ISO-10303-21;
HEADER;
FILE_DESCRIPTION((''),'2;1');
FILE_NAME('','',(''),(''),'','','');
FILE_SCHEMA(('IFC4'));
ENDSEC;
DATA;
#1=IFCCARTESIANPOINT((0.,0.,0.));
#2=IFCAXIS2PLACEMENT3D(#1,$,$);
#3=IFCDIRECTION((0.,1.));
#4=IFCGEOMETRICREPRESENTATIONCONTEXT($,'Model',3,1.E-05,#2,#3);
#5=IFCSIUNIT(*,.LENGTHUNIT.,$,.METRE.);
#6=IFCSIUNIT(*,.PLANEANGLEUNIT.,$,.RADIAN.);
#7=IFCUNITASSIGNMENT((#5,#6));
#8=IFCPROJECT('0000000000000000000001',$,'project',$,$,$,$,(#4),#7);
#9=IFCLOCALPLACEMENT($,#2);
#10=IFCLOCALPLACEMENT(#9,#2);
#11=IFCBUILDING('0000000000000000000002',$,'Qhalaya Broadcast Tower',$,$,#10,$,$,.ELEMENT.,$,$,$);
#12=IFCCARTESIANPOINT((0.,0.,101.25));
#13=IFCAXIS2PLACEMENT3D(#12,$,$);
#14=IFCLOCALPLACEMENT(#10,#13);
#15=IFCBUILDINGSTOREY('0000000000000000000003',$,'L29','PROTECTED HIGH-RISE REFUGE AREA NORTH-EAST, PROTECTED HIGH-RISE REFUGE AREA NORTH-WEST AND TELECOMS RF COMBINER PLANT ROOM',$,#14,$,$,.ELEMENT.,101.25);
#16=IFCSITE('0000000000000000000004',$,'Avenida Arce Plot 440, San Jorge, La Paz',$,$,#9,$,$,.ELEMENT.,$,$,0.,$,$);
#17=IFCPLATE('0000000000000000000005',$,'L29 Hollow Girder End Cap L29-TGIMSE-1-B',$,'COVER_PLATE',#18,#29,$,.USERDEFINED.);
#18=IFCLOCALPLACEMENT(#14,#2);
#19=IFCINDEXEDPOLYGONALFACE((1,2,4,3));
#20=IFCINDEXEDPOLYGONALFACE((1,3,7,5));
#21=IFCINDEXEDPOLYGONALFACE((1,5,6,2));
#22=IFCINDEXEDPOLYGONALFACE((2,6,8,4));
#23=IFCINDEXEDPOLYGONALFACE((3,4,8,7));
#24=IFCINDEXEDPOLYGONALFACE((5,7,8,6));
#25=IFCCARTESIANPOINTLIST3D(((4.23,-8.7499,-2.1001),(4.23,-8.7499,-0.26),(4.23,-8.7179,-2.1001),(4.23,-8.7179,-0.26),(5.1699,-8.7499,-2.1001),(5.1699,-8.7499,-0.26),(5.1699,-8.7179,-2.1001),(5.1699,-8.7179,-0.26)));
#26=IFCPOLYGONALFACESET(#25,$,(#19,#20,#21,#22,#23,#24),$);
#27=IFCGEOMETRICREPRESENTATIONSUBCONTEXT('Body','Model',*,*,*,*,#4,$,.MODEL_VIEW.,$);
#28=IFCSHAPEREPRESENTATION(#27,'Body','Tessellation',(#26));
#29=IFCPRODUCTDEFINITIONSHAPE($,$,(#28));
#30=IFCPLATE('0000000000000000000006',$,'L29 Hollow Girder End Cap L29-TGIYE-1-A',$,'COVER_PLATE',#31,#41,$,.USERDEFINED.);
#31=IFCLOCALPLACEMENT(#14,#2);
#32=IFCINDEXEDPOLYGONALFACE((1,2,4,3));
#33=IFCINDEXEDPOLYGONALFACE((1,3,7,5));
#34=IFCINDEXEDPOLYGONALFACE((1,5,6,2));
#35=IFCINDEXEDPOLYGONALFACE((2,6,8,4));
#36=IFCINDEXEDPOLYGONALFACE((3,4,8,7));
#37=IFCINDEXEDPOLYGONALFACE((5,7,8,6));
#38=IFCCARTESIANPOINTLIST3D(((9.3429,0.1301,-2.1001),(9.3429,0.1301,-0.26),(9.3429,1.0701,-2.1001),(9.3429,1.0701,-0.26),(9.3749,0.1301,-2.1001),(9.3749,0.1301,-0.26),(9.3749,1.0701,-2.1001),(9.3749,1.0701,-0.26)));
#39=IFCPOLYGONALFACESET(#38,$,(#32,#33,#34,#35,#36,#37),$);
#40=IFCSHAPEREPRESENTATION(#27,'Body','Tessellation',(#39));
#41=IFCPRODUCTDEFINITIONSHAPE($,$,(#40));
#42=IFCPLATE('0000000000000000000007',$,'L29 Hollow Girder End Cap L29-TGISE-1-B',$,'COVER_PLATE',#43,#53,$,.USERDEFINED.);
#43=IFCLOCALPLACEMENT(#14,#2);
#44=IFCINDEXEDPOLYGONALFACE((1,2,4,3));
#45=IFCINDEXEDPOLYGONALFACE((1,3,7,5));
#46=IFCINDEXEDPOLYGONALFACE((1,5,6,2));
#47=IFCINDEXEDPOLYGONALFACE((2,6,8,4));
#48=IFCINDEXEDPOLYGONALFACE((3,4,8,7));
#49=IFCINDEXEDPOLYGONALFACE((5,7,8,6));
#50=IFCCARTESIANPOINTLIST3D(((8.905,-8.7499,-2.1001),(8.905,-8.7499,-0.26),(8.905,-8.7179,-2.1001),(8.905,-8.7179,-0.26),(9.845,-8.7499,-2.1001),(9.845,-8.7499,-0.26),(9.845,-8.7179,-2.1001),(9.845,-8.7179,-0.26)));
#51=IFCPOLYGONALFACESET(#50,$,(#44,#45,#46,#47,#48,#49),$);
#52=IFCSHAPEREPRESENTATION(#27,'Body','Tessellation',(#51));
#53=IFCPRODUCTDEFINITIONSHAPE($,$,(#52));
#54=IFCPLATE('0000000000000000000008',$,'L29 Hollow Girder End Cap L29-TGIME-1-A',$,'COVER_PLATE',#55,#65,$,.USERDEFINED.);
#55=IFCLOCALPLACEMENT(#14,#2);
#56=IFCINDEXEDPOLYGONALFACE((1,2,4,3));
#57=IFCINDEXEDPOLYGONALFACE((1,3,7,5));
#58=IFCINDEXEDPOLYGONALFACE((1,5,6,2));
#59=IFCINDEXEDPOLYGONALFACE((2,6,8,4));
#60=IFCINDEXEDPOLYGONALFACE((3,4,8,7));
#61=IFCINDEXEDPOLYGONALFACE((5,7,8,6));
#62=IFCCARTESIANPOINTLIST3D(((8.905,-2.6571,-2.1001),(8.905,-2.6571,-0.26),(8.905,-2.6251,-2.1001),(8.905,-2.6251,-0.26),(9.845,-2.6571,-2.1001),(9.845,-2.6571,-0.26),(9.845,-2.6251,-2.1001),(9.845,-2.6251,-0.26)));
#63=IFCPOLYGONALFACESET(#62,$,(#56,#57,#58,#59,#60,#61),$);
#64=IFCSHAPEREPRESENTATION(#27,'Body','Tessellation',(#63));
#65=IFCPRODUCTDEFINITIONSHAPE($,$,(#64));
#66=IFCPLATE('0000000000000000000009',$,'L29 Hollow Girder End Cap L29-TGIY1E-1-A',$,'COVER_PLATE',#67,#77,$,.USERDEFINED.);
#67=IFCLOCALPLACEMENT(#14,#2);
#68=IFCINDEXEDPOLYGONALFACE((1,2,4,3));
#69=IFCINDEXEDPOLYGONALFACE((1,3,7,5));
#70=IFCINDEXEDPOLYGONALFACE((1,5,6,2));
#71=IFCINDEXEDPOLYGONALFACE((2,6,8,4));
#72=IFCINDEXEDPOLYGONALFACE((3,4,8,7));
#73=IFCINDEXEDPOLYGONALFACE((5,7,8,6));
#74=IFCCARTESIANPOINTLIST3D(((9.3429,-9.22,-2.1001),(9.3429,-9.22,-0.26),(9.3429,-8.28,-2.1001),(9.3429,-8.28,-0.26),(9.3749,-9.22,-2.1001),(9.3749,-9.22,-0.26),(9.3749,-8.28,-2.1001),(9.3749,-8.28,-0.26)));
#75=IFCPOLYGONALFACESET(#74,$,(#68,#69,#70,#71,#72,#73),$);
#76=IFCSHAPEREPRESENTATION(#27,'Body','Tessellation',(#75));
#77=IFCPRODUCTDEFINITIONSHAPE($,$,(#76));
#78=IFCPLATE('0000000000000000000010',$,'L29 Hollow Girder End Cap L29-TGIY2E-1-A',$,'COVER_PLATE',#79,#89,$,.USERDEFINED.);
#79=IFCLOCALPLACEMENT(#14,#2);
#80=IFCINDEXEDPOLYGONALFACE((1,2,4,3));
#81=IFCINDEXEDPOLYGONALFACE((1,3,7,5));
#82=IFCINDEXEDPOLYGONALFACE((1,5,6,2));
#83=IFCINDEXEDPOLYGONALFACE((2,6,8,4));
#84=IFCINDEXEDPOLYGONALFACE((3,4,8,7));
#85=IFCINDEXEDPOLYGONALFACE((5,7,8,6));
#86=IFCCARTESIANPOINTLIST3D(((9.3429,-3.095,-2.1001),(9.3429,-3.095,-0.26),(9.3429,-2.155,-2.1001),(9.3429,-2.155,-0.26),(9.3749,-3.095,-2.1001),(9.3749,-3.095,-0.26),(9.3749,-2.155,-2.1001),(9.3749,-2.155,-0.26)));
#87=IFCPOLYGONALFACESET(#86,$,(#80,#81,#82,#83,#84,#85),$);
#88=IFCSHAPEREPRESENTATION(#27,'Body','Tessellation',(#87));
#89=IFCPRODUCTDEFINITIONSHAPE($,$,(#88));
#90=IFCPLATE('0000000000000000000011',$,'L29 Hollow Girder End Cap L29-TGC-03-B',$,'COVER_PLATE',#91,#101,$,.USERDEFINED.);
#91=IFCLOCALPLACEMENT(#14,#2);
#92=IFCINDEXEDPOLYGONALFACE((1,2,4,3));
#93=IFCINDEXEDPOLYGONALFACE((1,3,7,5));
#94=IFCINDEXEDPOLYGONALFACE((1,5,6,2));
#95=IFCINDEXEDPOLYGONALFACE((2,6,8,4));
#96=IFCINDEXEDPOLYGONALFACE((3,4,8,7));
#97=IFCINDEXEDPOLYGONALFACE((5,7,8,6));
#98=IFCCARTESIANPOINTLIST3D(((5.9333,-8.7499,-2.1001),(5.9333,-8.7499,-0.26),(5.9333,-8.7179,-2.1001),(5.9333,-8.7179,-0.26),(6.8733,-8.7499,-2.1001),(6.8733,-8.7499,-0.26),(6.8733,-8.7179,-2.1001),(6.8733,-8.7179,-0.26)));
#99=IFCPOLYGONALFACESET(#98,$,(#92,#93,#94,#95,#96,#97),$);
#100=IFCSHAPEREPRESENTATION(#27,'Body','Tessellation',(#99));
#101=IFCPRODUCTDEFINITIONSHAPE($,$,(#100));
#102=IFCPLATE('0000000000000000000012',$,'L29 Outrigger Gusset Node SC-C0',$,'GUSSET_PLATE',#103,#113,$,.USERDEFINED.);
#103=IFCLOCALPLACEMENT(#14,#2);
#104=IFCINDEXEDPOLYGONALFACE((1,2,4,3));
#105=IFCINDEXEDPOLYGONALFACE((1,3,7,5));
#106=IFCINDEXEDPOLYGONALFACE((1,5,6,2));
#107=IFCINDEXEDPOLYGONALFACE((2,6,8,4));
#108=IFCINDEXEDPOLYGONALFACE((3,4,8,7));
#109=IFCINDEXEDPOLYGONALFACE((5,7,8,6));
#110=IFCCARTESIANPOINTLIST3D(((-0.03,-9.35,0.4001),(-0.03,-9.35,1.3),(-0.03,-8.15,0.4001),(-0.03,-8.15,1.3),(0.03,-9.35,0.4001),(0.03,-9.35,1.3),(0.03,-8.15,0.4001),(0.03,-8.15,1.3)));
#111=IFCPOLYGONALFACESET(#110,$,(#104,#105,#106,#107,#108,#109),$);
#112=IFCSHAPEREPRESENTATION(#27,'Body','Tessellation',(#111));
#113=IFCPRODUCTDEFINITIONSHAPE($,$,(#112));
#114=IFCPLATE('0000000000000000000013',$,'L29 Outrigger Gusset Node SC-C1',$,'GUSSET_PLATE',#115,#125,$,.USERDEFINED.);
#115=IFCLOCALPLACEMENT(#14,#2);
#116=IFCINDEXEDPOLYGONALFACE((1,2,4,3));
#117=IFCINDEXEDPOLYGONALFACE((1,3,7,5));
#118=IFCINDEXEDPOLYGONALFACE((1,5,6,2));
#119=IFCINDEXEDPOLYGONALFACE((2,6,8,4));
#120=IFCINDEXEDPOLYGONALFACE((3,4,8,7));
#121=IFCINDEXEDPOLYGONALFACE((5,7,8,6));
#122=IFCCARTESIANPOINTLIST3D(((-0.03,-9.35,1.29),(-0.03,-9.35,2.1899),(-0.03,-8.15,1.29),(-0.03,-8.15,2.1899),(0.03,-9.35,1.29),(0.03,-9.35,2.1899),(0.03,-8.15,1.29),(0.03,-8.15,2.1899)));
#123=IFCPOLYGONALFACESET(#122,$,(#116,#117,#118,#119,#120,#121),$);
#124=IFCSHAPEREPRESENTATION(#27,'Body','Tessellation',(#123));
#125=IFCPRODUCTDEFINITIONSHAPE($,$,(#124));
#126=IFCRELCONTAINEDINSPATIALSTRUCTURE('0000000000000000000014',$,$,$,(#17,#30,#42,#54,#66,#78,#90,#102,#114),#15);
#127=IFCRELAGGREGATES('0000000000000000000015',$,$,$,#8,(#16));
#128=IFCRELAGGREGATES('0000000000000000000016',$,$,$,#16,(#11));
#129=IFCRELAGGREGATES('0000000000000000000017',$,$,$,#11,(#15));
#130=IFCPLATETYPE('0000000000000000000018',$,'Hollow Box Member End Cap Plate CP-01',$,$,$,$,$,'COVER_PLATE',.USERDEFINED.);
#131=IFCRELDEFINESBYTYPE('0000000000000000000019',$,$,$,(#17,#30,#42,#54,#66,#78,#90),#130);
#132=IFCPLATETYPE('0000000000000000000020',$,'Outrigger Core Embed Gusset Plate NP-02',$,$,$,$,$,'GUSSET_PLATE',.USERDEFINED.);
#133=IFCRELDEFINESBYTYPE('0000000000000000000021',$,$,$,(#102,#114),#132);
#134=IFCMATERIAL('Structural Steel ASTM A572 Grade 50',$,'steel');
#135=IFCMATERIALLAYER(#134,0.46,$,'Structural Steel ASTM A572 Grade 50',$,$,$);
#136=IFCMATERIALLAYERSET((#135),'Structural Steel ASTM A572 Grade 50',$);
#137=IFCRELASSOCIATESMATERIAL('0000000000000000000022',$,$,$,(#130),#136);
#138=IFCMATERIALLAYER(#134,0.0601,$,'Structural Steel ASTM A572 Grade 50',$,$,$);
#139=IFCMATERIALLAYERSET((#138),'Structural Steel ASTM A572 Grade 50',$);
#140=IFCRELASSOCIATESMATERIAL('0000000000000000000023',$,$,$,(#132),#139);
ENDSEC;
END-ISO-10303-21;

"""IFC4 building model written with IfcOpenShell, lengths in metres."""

from ifc_helpers import new_model, si_unit, direction, frame, origin, origin_2d, place, context, subcontext, project, spatial, rectangle, extrude, material, layer, layer_set, type_object, element, save


model = new_model("IFC4")

# Units and contexts
model_context = context("Model", 3, precision=1e-05, world=origin(), true_north=direction((0.0, 1.0)))
body_context = subcontext(model_context, "Body", "Model", "MODEL_VIEW")
ifc_project = project(units=[si_unit("LENGTHUNIT", "METRE"), si_unit("PLANEANGLEUNIT", "RADIAN")], contexts=[model_context])

# Site, building, storey
site_placement = place(None, origin())
site = spatial("IfcSite", under=ifc_project, at=site_placement, Name="Avenida Arce Plot 440, San Jorge, La Paz", CompositionType="ELEMENT", RefElevation=0.0)
building_placement = place(site_placement, origin())
building = spatial("IfcBuilding", under=site, at=building_placement, Name="Qhalaya Broadcast Tower", CompositionType="ELEMENT")
storey_placement = place(building_placement, frame((0.0, 0.0, 101.25)))
storey = spatial("IfcBuildingStorey", under=building, at=storey_placement, Name="L29", Description="PROTECTED HIGH-RISE REFUGE AREA NORTH-EAST, PROTECTED HIGH-RISE REFUGE AREA NORTH-WEST AND TELECOMS RF COMBINER PLANT ROOM", CompositionType="ELEMENT", Elevation=101.25)

# Shared definitions
ifc_material_1 = material(Name="Structural Steel ASTM A572 Grade 50", Category="steel")

# Plates
ifc_layer_1 = layer(ifc_material_1, 0.46, Name="Structural Steel ASTM A572 Grade 50")
ifc_layer_set_1 = layer_set([ifc_layer_1], Name="Structural Steel ASTM A572 Grade 50")
plate_type_1 = type_object("IfcPlateType", Name="Hollow Box Member End Cap Plate CP-01", ElementType="COVER_PLATE", PredefinedType="USERDEFINED", material=ifc_layer_set_1)
for number, where, z_axis, x_axis, name in (
    (1, (4.7, -8.7339, -2.1001), (0.0, 0.0, 1.0), (-1.0, 0.0, 0.0), "L29 Hollow Girder End Cap L29-TGIMSE-1-B"),
    (2, (9.3589, 0.6001, -2.1001), (0.0, 0.0, 1.0), (0.0, 1.0, 0.0), "L29 Hollow Girder End Cap L29-TGIYE-1-A"),
    (3, (9.375, -8.7339, -2.1001), (0.0, 0.0, 1.0), (-1.0, 0.0, 0.0), "L29 Hollow Girder End Cap L29-TGISE-1-B"),
    (4, (9.375, -2.6411, -2.1001), (0.0, 0.0, 1.0), (-1.0, 0.0, 0.0), "L29 Hollow Girder End Cap L29-TGIME-1-A"),
    (5, (9.3589, -8.75, -2.1001), (0.0, 0.0, 1.0), (0.0, 1.0, 0.0), "L29 Hollow Girder End Cap L29-TGIY1E-1-A"),
    (6, (9.3589, -2.625, -2.1001), (0.0, 0.0, 1.0), (0.0, 1.0, 0.0), "L29 Hollow Girder End Cap L29-TGIY2E-1-A"),
    (7, (6.4033, -8.7339, -2.1001), (0.0, 0.0, 1.0), (-1.0, 0.0, 0.0), "L29 Hollow Girder End Cap L29-TGC-03-B"),
):
    element("IfcPlate", number, at=place(storey_placement, frame(where, z_axis=z_axis, x_axis=x_axis)), inside=storey, type_object=plate_type_1, Name=name, ObjectType="COVER_PLATE", PredefinedType="USERDEFINED", context=body_context, shape_type="SweptSolid", body=[
        extrude(rectangle(XDim=0.9399, YDim=0.032, at=origin_2d()), origin(), (0.0, 0.0, 1.0), 1.8401),
    ])
ifc_layer_2 = layer(ifc_material_1, 0.0601, Name="Structural Steel ASTM A572 Grade 50")
ifc_layer_set_2 = layer_set([ifc_layer_2], Name="Structural Steel ASTM A572 Grade 50")
plate_type_2 = type_object("IfcPlateType", Name="Outrigger Core Embed Gusset Plate NP-02", ElementType="GUSSET_PLATE", PredefinedType="USERDEFINED", material=ifc_layer_set_2)
for number, where, z_axis, x_axis, name in (
    (8, (0.0, -8.75, 0.4001), (0.0, 0.0, 1.0), (0.0, -1.0, 0.0), "L29 Outrigger Gusset Node SC-C0"),
    (9, (0.0, -8.75, 1.29), (0.0, 0.0, 1.0), (0.0, -1.0, 0.0), "L29 Outrigger Gusset Node SC-C1"),
):
    element("IfcPlate", number, at=place(storey_placement, frame(where, z_axis=z_axis, x_axis=x_axis)), inside=storey, type_object=plate_type_2, Name=name, ObjectType="GUSSET_PLATE", PredefinedType="USERDEFINED", context=body_context, shape_type="SweptSolid", body=[
        extrude(rectangle(XDim=1.2, YDim=0.0601, at=origin_2d()), origin(), (0.0, 0.0, 1.0), 0.8999),
    ])

save(model, "model.ifc")
